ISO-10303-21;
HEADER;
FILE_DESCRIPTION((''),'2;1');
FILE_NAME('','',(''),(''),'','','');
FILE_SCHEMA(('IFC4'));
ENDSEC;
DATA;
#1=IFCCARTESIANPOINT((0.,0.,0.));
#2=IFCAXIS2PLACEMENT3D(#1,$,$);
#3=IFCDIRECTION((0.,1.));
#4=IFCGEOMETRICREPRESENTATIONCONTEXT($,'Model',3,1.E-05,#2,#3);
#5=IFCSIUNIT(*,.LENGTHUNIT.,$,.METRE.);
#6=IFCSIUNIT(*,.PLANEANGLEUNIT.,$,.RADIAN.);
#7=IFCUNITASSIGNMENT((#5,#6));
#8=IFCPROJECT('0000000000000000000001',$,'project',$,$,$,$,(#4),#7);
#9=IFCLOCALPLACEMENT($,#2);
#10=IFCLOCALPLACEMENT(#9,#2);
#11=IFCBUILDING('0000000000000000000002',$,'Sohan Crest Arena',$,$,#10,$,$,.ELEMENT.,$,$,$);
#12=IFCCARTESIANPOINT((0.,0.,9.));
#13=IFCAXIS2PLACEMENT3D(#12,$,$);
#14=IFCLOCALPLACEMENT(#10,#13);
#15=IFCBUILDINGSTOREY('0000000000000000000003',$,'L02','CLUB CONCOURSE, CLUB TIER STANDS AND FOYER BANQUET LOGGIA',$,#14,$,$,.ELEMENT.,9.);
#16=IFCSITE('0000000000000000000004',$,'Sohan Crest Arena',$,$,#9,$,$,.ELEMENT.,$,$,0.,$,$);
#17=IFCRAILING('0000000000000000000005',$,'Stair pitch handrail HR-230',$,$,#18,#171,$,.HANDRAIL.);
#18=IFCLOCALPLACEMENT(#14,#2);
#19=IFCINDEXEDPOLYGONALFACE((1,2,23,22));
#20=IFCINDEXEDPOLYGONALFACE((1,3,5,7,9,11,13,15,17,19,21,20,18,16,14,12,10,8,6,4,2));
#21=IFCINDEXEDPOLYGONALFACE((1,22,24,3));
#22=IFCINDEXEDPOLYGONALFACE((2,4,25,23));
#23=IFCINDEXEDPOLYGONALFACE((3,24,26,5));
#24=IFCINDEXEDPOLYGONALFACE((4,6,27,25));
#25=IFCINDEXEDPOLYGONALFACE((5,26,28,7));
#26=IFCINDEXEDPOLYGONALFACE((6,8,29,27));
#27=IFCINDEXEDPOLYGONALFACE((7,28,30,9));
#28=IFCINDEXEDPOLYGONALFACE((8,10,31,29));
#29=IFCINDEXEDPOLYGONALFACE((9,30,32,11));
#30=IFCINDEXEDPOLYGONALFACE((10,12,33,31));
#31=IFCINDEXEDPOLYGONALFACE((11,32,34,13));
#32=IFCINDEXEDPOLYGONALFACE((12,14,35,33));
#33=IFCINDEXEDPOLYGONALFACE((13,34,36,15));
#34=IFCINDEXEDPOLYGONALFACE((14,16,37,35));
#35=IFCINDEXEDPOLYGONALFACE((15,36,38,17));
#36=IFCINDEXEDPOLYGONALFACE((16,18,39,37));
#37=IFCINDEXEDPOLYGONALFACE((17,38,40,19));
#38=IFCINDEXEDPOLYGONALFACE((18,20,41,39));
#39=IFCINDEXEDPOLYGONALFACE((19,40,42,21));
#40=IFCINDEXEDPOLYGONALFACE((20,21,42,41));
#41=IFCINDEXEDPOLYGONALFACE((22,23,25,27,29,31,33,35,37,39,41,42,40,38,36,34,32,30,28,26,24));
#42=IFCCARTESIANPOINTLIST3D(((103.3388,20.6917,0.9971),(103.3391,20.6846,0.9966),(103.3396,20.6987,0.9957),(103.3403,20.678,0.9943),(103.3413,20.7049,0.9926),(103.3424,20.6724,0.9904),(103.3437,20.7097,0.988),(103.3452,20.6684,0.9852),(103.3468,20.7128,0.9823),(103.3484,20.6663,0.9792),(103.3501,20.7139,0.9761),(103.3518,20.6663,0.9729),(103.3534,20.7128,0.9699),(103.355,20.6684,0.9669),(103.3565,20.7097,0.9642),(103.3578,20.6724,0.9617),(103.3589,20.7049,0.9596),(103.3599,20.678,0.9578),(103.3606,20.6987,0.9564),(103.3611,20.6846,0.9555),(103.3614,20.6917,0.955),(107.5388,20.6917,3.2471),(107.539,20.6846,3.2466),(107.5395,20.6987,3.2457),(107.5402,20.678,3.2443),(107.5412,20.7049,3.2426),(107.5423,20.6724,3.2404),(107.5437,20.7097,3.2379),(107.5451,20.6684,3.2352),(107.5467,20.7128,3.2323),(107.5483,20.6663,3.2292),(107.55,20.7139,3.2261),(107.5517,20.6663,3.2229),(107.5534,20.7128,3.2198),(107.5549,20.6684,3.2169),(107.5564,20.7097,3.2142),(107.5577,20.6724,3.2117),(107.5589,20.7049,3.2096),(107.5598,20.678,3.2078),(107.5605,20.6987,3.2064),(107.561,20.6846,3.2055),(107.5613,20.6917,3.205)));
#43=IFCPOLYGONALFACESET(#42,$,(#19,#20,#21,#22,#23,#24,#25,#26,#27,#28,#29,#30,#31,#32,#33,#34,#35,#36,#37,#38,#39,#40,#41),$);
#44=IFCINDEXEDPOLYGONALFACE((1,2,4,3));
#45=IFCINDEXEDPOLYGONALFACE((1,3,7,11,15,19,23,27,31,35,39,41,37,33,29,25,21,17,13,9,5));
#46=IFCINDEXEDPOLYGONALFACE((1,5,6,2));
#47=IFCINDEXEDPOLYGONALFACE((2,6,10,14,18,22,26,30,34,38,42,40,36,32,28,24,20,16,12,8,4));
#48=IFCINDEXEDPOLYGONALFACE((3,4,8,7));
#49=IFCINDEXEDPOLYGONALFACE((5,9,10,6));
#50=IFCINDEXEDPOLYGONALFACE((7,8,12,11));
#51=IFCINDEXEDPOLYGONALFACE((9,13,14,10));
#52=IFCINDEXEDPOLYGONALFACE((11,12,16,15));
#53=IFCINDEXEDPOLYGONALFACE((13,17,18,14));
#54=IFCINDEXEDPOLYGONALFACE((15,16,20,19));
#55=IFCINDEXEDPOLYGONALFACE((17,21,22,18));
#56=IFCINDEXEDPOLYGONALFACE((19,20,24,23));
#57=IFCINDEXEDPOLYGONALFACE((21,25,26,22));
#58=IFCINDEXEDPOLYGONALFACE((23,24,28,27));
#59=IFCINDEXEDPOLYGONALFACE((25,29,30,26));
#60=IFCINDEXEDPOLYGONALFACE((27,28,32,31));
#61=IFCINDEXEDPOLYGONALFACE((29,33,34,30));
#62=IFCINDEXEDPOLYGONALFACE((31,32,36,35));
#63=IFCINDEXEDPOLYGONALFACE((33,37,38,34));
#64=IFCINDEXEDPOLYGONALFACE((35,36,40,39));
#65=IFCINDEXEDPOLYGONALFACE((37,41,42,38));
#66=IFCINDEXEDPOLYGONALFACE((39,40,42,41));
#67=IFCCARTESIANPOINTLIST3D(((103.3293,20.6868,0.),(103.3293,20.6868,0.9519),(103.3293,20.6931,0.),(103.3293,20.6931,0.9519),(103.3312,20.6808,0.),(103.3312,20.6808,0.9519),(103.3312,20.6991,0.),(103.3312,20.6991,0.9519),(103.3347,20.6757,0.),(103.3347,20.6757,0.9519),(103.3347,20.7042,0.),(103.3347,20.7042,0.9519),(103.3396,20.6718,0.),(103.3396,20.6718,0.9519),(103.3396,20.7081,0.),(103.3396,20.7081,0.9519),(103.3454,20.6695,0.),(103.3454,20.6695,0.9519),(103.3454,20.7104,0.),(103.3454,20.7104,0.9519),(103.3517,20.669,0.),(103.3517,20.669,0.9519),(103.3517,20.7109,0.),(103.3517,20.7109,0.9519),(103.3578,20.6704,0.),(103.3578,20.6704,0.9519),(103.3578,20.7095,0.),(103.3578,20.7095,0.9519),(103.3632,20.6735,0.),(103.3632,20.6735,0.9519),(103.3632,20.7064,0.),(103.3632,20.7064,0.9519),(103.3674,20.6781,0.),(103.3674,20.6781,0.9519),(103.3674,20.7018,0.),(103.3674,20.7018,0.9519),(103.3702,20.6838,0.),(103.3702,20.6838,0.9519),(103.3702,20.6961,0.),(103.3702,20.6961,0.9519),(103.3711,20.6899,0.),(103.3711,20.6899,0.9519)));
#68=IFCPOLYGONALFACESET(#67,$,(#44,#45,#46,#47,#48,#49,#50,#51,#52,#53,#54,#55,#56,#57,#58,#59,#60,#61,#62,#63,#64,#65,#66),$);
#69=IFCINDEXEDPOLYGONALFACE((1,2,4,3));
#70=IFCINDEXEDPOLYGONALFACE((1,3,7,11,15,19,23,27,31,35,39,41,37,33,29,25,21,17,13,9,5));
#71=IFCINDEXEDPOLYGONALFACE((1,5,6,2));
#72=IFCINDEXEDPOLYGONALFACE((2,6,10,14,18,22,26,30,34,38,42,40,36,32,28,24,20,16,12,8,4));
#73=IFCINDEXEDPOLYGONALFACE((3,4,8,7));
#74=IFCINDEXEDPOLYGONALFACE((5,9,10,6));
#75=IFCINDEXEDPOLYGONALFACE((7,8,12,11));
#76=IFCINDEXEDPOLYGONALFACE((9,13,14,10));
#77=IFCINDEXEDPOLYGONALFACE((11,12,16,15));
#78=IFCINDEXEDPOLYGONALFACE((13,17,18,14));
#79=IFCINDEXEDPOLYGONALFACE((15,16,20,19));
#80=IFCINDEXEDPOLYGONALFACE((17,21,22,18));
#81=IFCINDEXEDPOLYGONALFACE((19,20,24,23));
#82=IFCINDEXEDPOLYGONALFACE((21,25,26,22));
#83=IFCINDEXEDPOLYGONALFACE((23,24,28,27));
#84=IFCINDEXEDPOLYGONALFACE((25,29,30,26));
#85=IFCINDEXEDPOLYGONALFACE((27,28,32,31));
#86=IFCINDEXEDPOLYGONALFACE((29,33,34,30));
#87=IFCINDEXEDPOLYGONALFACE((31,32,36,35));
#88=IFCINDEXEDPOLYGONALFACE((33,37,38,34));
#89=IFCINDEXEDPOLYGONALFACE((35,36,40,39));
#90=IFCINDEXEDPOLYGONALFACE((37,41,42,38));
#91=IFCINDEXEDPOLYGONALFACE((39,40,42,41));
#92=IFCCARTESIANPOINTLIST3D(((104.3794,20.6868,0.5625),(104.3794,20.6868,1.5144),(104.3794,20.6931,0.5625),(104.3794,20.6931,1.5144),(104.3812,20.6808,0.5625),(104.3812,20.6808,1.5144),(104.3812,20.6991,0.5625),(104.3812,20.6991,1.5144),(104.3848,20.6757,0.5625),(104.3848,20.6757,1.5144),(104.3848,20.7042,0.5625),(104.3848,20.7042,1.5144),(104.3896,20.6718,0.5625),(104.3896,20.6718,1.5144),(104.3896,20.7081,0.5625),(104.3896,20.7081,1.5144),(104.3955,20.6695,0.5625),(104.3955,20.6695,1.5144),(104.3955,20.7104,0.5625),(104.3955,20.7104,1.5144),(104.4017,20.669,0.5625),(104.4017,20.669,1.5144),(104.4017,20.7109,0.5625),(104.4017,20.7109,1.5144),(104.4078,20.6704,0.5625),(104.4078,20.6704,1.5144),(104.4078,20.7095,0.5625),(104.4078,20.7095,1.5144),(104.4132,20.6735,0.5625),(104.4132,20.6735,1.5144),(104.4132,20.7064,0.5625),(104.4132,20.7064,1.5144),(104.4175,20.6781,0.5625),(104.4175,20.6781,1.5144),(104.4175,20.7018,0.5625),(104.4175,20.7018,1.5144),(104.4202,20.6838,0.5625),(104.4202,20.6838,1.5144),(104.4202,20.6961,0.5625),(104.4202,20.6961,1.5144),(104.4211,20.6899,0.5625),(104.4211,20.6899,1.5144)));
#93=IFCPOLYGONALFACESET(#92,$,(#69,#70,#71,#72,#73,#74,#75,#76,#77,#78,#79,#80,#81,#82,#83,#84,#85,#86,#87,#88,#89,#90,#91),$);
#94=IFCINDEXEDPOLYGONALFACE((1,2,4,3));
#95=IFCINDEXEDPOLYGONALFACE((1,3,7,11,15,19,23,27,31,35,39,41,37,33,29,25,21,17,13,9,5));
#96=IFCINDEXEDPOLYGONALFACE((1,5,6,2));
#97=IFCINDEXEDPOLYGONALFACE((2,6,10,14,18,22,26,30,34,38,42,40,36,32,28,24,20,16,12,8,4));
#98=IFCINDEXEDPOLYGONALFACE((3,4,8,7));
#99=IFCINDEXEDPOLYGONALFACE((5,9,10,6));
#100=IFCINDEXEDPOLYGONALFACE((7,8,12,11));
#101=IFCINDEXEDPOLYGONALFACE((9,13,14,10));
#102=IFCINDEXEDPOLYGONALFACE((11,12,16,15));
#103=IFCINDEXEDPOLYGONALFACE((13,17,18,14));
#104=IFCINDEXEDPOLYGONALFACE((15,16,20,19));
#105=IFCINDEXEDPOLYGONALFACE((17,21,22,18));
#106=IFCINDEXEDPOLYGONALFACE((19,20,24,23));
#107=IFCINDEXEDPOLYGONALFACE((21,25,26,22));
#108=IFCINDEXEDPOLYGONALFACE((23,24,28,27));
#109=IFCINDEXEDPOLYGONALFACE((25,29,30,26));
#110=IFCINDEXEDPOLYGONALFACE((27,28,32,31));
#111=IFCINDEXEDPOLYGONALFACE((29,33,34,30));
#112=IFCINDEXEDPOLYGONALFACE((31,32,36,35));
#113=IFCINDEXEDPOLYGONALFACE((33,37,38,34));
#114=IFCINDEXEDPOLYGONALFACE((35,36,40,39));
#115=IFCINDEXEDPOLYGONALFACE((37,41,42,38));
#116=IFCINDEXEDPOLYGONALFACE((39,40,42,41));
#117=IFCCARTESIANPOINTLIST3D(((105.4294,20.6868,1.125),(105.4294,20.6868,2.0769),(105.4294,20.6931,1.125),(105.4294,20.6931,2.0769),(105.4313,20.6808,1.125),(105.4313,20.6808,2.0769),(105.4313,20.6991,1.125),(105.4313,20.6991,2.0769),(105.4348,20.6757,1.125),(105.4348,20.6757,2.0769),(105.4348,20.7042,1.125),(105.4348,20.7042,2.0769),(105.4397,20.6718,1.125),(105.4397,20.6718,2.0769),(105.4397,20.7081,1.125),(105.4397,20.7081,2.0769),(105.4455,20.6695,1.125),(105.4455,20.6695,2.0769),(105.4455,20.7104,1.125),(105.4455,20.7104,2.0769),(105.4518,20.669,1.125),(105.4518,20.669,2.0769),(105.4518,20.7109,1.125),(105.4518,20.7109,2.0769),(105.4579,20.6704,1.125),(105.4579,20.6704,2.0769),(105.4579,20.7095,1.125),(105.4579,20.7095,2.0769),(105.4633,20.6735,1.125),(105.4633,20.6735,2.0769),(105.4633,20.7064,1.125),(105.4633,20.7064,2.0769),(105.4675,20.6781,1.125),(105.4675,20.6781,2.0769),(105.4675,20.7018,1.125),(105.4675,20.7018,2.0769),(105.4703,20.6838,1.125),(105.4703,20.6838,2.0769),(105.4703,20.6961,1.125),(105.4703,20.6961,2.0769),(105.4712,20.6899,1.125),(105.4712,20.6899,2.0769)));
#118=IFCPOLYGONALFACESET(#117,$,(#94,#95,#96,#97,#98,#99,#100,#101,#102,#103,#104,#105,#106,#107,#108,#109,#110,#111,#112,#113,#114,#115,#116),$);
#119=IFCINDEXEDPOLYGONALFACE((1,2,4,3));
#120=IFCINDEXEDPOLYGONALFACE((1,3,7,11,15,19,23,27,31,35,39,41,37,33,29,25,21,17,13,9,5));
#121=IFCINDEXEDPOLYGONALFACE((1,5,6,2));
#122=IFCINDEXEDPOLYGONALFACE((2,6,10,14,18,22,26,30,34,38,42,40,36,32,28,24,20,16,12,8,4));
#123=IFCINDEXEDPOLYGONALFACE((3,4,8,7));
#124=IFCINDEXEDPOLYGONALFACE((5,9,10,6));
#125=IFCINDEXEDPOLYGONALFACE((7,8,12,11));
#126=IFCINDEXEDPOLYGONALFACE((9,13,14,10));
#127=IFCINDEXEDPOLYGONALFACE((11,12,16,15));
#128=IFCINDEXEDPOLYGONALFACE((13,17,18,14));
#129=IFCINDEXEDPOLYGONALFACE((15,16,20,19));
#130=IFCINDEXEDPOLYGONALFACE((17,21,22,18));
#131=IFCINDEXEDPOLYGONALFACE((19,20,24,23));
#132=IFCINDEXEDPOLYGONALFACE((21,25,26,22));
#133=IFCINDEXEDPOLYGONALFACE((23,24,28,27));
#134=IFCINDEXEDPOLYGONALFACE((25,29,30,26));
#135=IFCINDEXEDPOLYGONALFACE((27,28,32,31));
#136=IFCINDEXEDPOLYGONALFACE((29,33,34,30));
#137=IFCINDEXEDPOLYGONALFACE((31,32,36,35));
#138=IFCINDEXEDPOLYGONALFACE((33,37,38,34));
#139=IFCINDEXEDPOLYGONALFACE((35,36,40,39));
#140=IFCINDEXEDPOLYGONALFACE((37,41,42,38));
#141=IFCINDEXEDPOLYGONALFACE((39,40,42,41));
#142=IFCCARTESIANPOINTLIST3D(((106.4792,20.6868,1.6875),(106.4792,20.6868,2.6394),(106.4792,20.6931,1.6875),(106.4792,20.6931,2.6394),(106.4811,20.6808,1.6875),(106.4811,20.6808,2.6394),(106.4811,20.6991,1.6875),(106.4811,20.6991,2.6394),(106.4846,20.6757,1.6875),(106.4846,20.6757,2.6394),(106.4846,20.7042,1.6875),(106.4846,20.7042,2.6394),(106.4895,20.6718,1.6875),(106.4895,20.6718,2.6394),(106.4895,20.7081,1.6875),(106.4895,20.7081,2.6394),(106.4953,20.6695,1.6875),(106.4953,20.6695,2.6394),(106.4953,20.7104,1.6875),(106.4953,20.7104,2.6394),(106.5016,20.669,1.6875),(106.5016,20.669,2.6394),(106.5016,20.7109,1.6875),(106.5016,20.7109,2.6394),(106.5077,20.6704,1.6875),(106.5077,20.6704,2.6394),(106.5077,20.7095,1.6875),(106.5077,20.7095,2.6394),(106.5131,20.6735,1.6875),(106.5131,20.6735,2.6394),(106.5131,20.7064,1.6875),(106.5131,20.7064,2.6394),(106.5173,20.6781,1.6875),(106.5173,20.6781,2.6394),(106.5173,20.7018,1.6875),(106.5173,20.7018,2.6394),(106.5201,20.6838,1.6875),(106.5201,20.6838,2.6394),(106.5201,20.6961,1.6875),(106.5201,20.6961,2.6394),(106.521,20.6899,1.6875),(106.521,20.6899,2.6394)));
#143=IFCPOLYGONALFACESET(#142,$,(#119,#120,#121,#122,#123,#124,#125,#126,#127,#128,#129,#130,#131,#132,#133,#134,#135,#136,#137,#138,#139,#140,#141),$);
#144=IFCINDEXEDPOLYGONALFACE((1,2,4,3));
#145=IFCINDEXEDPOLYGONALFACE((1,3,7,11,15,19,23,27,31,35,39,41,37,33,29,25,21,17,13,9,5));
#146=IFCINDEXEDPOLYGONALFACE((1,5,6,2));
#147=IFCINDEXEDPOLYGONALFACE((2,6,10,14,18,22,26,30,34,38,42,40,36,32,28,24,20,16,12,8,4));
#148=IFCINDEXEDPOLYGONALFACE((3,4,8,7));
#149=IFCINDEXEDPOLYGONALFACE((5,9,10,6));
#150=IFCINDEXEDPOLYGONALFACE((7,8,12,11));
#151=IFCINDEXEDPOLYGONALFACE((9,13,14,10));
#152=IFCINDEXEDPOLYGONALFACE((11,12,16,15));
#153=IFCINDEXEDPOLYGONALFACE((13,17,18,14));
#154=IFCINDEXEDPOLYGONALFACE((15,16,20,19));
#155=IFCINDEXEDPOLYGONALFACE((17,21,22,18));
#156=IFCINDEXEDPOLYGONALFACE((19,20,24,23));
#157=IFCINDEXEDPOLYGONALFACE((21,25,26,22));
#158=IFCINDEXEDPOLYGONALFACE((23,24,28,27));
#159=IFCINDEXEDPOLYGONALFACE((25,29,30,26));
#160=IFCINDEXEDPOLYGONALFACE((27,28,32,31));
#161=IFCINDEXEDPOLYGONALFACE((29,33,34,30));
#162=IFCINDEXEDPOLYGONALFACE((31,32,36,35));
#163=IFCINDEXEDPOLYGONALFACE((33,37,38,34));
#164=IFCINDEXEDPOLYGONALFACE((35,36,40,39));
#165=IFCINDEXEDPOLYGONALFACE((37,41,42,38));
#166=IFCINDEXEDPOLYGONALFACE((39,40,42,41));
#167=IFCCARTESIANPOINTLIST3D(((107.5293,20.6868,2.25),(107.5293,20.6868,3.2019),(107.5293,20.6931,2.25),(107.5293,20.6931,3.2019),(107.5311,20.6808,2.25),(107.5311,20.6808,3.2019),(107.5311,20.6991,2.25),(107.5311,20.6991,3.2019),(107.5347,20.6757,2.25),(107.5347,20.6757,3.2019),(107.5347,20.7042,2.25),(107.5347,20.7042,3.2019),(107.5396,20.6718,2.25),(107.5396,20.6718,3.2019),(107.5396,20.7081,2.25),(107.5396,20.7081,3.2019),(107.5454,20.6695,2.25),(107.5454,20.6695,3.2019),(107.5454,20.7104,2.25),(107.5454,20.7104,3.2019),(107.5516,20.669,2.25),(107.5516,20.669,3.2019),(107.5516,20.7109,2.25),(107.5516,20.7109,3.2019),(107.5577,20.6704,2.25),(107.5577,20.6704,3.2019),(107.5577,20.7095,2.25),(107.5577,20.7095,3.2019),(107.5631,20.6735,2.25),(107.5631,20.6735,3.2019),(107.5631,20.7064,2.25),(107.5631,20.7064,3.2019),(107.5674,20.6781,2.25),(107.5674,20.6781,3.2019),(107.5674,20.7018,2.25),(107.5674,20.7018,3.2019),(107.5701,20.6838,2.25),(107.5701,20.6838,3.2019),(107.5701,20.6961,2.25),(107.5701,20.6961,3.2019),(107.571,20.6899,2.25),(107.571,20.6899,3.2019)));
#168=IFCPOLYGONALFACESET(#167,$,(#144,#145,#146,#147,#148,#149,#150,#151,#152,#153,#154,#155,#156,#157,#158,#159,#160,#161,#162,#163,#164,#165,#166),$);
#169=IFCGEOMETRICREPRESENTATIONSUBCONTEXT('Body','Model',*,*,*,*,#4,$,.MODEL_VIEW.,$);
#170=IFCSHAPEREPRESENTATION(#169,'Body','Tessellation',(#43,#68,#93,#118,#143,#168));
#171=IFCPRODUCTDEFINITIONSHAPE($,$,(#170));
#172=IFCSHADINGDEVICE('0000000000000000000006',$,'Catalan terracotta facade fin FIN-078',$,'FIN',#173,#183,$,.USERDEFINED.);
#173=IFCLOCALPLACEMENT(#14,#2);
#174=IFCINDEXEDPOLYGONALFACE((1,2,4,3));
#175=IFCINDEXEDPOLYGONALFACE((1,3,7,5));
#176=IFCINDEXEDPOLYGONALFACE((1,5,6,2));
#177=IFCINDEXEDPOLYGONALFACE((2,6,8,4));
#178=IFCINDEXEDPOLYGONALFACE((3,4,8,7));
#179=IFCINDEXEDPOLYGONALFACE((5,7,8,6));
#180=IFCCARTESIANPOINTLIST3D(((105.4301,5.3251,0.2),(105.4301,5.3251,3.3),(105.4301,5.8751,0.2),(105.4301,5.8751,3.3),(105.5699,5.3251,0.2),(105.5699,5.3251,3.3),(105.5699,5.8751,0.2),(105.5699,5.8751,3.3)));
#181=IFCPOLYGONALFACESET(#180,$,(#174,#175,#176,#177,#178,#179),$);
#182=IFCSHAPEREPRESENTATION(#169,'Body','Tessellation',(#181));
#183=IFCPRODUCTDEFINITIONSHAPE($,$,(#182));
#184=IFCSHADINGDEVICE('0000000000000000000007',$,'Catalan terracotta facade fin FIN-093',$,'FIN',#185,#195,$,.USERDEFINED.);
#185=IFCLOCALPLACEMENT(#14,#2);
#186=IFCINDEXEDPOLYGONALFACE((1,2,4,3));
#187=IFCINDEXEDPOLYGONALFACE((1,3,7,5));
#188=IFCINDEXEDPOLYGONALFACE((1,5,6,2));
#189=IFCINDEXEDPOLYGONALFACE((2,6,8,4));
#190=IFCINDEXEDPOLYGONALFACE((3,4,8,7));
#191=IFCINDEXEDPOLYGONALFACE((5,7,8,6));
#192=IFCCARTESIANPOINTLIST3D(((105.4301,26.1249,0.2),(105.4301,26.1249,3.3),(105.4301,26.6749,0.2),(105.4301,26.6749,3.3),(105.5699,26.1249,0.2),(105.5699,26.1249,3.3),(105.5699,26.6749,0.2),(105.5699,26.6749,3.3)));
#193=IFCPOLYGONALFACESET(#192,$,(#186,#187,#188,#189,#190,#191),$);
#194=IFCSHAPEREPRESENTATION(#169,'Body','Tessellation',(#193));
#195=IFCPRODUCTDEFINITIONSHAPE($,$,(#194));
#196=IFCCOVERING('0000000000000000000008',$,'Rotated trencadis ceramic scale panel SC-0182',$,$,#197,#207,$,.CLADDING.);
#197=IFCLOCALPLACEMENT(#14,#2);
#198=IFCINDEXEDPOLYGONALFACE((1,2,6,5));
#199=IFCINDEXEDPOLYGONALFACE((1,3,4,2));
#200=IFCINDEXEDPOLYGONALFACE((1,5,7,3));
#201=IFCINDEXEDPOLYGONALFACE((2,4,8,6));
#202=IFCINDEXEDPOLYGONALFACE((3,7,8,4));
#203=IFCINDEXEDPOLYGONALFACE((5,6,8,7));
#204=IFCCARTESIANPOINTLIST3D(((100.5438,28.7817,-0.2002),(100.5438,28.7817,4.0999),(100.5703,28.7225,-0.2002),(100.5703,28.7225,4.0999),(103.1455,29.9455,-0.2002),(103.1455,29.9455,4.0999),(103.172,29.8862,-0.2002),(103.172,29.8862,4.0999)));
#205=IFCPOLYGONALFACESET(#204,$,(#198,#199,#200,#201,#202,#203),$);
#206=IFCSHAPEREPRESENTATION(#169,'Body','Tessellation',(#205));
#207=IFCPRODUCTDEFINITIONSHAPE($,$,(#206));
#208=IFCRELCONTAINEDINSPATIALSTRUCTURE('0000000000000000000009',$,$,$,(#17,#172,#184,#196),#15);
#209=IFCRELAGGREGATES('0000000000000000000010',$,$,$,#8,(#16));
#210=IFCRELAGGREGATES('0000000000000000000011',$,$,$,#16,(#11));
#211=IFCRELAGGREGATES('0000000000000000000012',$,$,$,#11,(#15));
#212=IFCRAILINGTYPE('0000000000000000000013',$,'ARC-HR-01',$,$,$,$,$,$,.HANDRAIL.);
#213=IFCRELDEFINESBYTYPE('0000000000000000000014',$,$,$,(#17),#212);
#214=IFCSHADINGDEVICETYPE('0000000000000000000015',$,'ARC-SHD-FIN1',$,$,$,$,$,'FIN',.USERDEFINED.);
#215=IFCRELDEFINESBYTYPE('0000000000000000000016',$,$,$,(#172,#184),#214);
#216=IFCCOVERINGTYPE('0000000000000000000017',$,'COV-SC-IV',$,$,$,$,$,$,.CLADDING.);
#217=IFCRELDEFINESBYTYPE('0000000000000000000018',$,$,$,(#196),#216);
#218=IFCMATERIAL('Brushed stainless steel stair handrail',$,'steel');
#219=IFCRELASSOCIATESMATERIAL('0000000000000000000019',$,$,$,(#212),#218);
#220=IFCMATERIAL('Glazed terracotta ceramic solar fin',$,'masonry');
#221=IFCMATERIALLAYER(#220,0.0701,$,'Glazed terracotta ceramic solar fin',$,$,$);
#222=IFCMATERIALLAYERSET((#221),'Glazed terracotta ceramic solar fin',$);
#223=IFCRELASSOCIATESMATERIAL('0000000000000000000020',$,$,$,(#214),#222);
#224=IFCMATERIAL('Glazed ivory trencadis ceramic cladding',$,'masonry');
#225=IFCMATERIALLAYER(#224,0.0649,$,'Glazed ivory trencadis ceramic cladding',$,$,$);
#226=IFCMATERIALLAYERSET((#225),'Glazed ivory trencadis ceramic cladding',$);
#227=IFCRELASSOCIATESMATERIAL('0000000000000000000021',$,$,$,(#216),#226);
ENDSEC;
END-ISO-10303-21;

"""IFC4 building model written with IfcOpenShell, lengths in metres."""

from ifc_helpers import new_model, si_unit, direction, frame, origin, origin_2d, place, context, subcontext, project, spatial, rectangle, circle, extrude, material, layer, layer_set, type_object, element, save


model = new_model("IFC4")

# Units and contexts
model_context = context("Model", 3, precision=1e-05, world=origin(), true_north=direction((0.0, 1.0)))
body_context = subcontext(model_context, "Body", "Model", "MODEL_VIEW")
ifc_project = project(units=[si_unit("LENGTHUNIT", "METRE"), si_unit("PLANEANGLEUNIT", "RADIAN")], contexts=[model_context])

# Site, building, storey
site_placement = place(None, origin())
site = spatial("IfcSite", under=ifc_project, at=site_placement, Name="Sohan Crest Arena", CompositionType="ELEMENT", RefElevation=0.0)
building_placement = place(site_placement, origin())
building = spatial("IfcBuilding", under=site, at=building_placement, Name="Sohan Crest Arena", CompositionType="ELEMENT")
storey_placement = place(building_placement, frame((0.0, 0.0, 9.0)))
storey = spatial("IfcBuildingStorey", under=building, at=storey_placement, Name="L02", Description="CLUB CONCOURSE, CLUB TIER STANDS AND FOYER BANQUET LOGGIA", CompositionType="ELEMENT", Elevation=9.0)

# Railing
ifc_material_1 = material(Name="Brushed stainless steel stair handrail", Category="steel")
railing_type = type_object("IfcRailingType", Name="ARC-HR-01", PredefinedType="HANDRAIL", material=ifc_material_1)
for number, where, name in (
    (1, (103.3501, 20.6899, 0.0), "Stair pitch handrail HR-230"),
):
    element("IfcRailing", number, at=place(storey_placement, frame(where)), inside=storey, type_object=railing_type, Name=name, PredefinedType="HANDRAIL", context=body_context, shape_type="SweptSolid", body=[
        extrude(circle(Radius=0.0239, at=origin_2d()), frame((0.0, 0.0, 0.9761), z_axis=(0.881478, 0.0, 0.472226), x_axis=(0.0, 1.0, 0.0)), (0.0, 0.0, 1.0), 4.7646),
        extrude(circle(Radius=0.021, at=origin_2d()), origin(), (0.0, 0.0, 1.0), 0.9519),
        extrude(circle(Radius=0.021, at=origin_2d()), frame((1.05, 0.0, 0.5625)), (0.0, 0.0, 1.0), 0.9519),
        extrude(circle(Radius=0.021, at=origin_2d()), frame((2.1001, 0.0, 1.125)), (0.0, 0.0, 1.0), 0.9519),
        extrude(circle(Radius=0.021, at=origin_2d()), frame((3.1499, 0.0, 1.6875)), (0.0, 0.0, 1.0), 0.9519),
        extrude(circle(Radius=0.021, at=origin_2d()), frame((4.2, 0.0, 2.25)), (0.0, 0.0, 1.0), 0.9519),
    ])

# Shading devices
ifc_material_2 = material(Name="Glazed terracotta ceramic solar fin", Category="masonry")
ifc_layer_1 = layer(ifc_material_2, 0.0701, Name="Glazed terracotta ceramic solar fin")
ifc_layer_set_1 = layer_set([ifc_layer_1], Name="Glazed terracotta ceramic solar fin")
shading_device_type = type_object("IfcShadingDeviceType", Name="ARC-SHD-FIN1", ElementType="FIN", PredefinedType="USERDEFINED", material=ifc_layer_set_1)
for number, where, z_axis, x_axis, name in (
    (2, (105.5, 5.6001, 0.2), (0.0, 0.0, 1.0), (1.0, 0.0, 0.0), "Catalan terracotta facade fin FIN-078"),
    (3, (105.5, 26.3999, 0.2), (0.0, 0.0, 1.0), (-1.0, 0.0, 0.0), "Catalan terracotta facade fin FIN-093"),
):
    element("IfcShadingDevice", number, at=place(storey_placement, frame(where, z_axis=z_axis, x_axis=x_axis)), inside=storey, type_object=shading_device_type, Name=name, ObjectType="FIN", PredefinedType="USERDEFINED", context=body_context, shape_type="SweptSolid", body=[
        extrude(rectangle(XDim=0.1399, YDim=0.55, at=origin_2d()), origin(), (0.0, 0.0, 1.0), 3.1001),
    ])

# Covering
ifc_material_3 = material(Name="Glazed ivory trencadis ceramic cladding", Category="masonry")
ifc_layer_2 = layer(ifc_material_3, 0.0649, Name="Glazed ivory trencadis ceramic cladding")
ifc_layer_set_2 = layer_set([ifc_layer_2], Name="Glazed ivory trencadis ceramic cladding")
covering_type = type_object("IfcCoveringType", Name="COV-SC-IV", PredefinedType="CLADDING", material=ifc_layer_set_2)
for number, where, z_axis, x_axis, name in (
    (4, (101.8579, 29.334, -0.2002), (0.0, 0.0, 1.0), (0.912834, 0.40833, 0.0), "Rotated trencadis ceramic scale panel SC-0182"),
):
    element("IfcCovering", number, at=place(storey_placement, frame(where, z_axis=z_axis, x_axis=x_axis)), inside=storey, type_object=covering_type, Name=name, PredefinedType="CLADDING", context=body_context, shape_type="SweptSolid", body=[
        extrude(rectangle(XDim=2.8501, YDim=0.0649, at=origin_2d()), origin(), (0.0, 0.0, 1.0), 4.3),
    ])

save(model, "model.ifc")
